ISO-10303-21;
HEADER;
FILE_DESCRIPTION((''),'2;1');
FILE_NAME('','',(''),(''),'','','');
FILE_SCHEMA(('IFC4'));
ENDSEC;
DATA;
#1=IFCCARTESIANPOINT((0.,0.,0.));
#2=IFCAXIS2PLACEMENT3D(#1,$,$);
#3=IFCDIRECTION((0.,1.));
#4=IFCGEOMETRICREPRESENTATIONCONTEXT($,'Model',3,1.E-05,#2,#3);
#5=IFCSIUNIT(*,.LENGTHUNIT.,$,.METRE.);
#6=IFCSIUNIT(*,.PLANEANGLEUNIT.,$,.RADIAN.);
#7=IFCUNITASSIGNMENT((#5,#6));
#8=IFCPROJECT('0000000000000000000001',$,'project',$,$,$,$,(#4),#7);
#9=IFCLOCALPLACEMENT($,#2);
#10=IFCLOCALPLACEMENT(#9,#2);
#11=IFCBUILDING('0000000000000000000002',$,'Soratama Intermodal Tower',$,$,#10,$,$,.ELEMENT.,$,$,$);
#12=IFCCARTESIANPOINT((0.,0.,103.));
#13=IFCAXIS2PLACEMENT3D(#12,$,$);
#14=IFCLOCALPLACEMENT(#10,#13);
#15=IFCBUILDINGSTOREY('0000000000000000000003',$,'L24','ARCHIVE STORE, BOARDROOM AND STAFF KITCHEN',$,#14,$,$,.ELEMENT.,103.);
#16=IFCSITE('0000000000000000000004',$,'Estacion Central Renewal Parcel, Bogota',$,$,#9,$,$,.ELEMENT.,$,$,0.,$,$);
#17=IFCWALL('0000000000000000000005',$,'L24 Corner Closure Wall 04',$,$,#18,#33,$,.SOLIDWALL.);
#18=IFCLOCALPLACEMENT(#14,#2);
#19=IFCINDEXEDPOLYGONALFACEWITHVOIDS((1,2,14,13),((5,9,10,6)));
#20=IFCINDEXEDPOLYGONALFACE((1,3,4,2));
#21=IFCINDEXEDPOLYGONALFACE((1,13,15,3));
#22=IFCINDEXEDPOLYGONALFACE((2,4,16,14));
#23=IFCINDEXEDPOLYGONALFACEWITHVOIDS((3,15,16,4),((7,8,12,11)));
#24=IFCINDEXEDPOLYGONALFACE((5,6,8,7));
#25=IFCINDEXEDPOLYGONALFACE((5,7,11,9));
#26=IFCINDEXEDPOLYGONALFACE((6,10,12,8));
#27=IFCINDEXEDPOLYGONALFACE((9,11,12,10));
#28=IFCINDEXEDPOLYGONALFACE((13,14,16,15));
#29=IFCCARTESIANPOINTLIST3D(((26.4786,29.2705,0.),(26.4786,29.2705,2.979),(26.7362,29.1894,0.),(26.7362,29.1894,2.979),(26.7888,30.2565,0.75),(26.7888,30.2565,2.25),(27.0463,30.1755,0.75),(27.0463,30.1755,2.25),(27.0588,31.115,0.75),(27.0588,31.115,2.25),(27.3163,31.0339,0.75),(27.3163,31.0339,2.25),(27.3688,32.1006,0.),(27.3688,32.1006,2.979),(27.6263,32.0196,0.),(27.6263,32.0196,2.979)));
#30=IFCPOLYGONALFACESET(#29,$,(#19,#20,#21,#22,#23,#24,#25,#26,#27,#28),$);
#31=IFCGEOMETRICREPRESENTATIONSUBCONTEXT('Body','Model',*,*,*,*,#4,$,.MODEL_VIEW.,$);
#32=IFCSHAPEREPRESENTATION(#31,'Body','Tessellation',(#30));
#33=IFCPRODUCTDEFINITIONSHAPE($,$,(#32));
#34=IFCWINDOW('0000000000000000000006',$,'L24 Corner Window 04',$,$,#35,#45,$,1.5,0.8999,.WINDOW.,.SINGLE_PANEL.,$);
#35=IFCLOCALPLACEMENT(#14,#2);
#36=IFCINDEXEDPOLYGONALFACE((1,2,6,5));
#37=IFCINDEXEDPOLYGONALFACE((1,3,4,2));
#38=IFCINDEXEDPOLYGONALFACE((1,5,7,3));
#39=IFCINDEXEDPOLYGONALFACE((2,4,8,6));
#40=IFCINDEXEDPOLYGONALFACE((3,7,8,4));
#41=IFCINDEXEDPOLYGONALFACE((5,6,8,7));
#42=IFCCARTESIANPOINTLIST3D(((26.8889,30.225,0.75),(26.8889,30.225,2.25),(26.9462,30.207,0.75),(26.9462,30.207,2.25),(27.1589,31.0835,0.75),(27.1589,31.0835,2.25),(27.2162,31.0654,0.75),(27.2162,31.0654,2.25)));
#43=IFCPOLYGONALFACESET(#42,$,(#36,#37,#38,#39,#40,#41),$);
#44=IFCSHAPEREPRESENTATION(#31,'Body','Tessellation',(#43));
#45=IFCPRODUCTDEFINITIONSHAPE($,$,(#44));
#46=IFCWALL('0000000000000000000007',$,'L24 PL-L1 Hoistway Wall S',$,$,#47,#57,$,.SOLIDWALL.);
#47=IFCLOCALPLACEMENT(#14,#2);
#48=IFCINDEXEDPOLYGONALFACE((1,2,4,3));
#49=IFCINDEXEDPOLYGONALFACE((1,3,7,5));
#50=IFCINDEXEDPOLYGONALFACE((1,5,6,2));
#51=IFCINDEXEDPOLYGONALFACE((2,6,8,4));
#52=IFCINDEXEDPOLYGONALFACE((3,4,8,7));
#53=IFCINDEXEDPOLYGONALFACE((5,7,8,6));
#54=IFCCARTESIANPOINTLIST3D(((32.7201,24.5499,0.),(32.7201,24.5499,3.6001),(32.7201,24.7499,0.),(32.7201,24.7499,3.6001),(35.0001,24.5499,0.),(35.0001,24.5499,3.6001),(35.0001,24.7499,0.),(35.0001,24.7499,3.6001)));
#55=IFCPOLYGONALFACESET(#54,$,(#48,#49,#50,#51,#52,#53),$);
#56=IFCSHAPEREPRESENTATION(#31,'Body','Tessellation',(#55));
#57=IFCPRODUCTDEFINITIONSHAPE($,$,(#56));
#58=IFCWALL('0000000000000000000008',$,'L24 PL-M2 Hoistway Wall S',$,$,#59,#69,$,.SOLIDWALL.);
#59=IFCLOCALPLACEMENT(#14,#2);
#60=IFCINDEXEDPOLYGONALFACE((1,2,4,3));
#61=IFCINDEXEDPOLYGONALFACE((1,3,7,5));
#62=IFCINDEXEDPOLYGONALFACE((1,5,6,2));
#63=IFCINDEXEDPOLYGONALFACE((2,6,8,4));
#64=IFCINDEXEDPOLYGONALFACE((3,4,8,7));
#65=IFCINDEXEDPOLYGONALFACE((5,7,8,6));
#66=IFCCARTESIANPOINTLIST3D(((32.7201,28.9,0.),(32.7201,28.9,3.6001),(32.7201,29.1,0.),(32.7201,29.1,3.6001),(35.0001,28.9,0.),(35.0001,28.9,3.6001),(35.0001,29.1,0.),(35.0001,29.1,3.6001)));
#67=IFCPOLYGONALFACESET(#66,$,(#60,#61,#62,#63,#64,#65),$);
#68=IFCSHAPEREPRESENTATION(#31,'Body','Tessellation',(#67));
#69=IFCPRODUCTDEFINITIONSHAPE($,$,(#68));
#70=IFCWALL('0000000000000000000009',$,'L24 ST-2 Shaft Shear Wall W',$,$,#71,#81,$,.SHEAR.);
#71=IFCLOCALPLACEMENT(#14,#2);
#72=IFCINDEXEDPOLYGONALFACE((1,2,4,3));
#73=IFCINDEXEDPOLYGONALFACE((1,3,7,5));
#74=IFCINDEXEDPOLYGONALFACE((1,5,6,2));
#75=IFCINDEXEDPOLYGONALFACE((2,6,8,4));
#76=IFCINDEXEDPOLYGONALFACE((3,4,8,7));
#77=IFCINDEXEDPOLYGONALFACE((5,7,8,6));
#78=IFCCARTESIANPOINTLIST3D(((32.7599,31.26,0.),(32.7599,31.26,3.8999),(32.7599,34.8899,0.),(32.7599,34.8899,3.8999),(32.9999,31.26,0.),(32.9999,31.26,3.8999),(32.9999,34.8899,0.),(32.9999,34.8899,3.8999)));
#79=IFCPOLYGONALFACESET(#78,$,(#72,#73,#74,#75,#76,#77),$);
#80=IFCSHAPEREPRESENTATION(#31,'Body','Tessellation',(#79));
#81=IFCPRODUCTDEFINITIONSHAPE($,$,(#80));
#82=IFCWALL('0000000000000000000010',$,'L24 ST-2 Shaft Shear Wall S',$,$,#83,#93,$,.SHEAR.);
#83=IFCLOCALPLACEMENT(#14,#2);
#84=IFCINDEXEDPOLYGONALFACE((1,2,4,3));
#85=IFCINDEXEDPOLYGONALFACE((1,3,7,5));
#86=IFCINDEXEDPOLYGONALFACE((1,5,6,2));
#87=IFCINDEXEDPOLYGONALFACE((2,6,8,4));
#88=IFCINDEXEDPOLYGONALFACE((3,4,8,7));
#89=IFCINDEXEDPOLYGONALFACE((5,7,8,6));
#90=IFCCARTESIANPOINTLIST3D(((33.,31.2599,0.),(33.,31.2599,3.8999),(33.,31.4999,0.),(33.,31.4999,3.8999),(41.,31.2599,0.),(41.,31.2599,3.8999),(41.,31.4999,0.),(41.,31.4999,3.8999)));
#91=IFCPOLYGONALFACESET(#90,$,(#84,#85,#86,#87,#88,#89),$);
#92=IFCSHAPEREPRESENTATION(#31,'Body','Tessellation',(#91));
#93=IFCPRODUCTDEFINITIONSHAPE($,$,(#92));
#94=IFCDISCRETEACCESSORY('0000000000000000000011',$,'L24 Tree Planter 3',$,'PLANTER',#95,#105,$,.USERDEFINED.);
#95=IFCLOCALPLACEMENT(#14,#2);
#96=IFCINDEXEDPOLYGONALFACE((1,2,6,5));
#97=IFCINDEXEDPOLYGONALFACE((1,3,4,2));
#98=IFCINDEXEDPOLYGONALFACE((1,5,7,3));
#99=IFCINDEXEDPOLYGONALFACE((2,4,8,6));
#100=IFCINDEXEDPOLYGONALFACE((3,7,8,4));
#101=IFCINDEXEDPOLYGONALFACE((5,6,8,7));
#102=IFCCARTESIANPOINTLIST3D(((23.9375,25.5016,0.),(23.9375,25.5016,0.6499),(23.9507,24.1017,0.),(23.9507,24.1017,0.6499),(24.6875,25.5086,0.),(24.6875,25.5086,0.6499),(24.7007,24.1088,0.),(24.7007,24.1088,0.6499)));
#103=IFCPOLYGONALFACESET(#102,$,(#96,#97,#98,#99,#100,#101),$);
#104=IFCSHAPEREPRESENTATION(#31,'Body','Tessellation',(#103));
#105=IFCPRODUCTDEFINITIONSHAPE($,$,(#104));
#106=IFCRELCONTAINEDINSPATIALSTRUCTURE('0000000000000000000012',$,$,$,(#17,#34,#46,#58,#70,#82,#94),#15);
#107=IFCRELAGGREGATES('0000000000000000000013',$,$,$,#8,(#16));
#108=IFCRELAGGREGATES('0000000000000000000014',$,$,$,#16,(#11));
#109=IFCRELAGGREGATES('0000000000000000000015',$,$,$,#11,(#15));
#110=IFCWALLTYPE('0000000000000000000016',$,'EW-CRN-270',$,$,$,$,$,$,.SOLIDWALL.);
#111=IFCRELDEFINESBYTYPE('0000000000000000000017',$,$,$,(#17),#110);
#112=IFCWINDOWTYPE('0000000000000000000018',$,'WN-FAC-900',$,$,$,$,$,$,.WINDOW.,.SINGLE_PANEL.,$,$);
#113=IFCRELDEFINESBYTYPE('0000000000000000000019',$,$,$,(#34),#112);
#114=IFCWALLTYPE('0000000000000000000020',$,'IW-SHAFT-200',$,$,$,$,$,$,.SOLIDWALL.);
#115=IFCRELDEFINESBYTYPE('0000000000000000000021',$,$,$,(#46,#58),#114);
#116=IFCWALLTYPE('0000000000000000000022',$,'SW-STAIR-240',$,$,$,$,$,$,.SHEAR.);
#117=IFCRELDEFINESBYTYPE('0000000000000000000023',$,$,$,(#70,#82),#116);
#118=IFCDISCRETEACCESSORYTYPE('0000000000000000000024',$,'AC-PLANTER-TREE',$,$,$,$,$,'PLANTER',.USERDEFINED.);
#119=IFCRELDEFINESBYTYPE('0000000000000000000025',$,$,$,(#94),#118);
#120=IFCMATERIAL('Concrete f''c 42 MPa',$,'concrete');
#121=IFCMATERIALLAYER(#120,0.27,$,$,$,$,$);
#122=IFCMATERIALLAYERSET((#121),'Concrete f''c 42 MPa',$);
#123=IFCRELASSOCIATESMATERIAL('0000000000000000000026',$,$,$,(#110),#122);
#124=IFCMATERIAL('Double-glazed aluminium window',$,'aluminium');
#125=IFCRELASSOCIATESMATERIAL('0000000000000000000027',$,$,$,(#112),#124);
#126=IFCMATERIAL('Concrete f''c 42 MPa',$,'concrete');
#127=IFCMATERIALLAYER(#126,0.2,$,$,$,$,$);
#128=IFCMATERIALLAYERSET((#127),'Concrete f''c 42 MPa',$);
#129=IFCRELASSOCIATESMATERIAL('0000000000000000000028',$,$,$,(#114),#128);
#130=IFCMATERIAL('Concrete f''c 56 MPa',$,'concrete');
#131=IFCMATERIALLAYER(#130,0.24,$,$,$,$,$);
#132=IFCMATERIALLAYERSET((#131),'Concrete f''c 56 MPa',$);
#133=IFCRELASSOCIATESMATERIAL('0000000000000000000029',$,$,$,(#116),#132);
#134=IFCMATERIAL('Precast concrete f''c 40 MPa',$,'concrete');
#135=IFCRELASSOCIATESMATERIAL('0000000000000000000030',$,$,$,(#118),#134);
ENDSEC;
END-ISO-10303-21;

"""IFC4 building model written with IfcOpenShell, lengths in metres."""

from ifc_helpers import new_model, si_unit, direction, frame, frame_2d, origin, origin_2d, place, context, subcontext, project, spatial, rectangle, extrude, material, layer, layer_set, type_object, element, fill, save


model = new_model("IFC4")

# Units and contexts
model_context = context("Model", 3, precision=1e-05, world=origin(), true_north=direction((0.0, 1.0)))
body_context = subcontext(model_context, "Body", "Model", "MODEL_VIEW")
ifc_project = project(units=[si_unit("LENGTHUNIT", "METRE"), si_unit("PLANEANGLEUNIT", "RADIAN")], contexts=[model_context])

# Site, building, storey
site_placement = place(None, origin())
site = spatial("IfcSite", under=ifc_project, at=site_placement, Name="Estacion Central Renewal Parcel, Bogota", CompositionType="ELEMENT", RefElevation=0.0)
building_placement = place(site_placement, origin())
building = spatial("IfcBuilding", under=site, at=building_placement, Name="Soratama Intermodal Tower", CompositionType="ELEMENT")
storey_placement = place(building_placement, frame((0.0, 0.0, 103.0)))
storey = spatial("IfcBuildingStorey", under=building, at=storey_placement, Name="L24", Description="ARCHIVE STORE, BOARDROOM AND STAFF KITCHEN", CompositionType="ELEMENT", Elevation=103.0)

# Wall, opening, window
ifc_material_1 = material(Name="Concrete f'c 42 MPa", Category="concrete")
ifc_layer_1 = layer(ifc_material_1, 0.27)
ifc_layer_set_1 = layer_set([ifc_layer_1], Name="Concrete f'c 42 MPa")
wall_type_1 = type_object("IfcWallType", Name="EW-CRN-270", PredefinedType="SOLIDWALL", material=ifc_layer_set_1)
wall_1_placement = place(storey_placement, frame((27.4976, 32.0601, 0.0), z_axis=(0.0, 0.0, 1.0), x_axis=(-0.300036, -0.953928, 0.0)))
wall_1 = element("IfcWall", 1, at=wall_1_placement, inside=storey, type_object=wall_type_1, Name="L24 Corner Closure Wall 04", PredefinedType="SOLIDWALL", context=body_context, shape_type="SweptSolid", body=[
    extrude(rectangle(XDim=2.9668, YDim=0.27, at=frame_2d((1.4834, 0.0))), origin(), (0.0, 0.0, 1.0), 2.979),
])
opening_1_placement = place(wall_1_placement, frame((1.0332, 0.0, 0.75)))
opening_1 = element("IfcOpeningElement", 2, at=opening_1_placement, cuts=wall_1, PredefinedType="OPENING", context=body_context, shape_type="SweptSolid", body=[
    extrude(rectangle(XDim=0.8999, YDim=1.5, at=frame_2d((0.45, 0.75))), frame((0.0, 0.145, 0.0), z_axis=(0.0, -1.0, 0.0), x_axis=(1.0, 0.0, 0.0)), (0.0, 0.0, 1.0), 0.29),
])
ifc_material_2 = material(Name="Double-glazed aluminium window", Category="aluminium")
window_type_1 = type_object("IfcWindowType", Name="WN-FAC-900", PartitioningType="SINGLE_PANEL", PredefinedType="WINDOW", material=ifc_material_2)
window_1_placement = place(opening_1_placement, origin())
window_1 = element("IfcWindow", 3, at=window_1_placement, inside=storey, type_object=window_type_1, Name="L24 Corner Window 04", OverallHeight=1.5, OverallWidth=0.8999, PartitioningType="SINGLE_PANEL", PredefinedType="WINDOW", context=body_context, shape_type="SweptSolid", body=[
    extrude(rectangle(XDim=0.8999, YDim=1.5, at=frame_2d((0.45, 0.75))), frame((0.0, 0.03, 0.0), z_axis=(0.0, -1.0, 0.0), x_axis=(1.0, 0.0, 0.0)), (0.0, 0.0, 1.0), 0.0601),
])
fill(opening_1, window_1)

# Wall
ifc_material_3 = material(Name="Concrete f'c 42 MPa", Category="concrete")
ifc_layer_2 = layer(ifc_material_3, 0.2)
ifc_layer_set_2 = layer_set([ifc_layer_2], Name="Concrete f'c 42 MPa")
wall_type_2 = type_object("IfcWallType", Name="IW-SHAFT-200", PredefinedType="SOLIDWALL", material=ifc_layer_set_2)
wall_2_placement = place(storey_placement, frame((32.72, 24.6499, 0.0), z_axis=(0.0, 0.0, 1.0), x_axis=(1.0, 0.0, 0.0)))
element("IfcWall", 4, at=wall_2_placement, inside=storey, type_object=wall_type_2, Name="L24 PL-L1 Hoistway Wall S", PredefinedType="SOLIDWALL", context=body_context, shape_type="SweptSolid", body=[
    extrude(rectangle(XDim=2.28, YDim=0.2, at=frame_2d((1.1401, 0.0))), origin(), (0.0, 0.0, 1.0), 3.6001),
])

# Walls
wall_3_placement = place(storey_placement, frame((32.72, 29.0, 0.0), z_axis=(0.0, 0.0, 1.0), x_axis=(1.0, 0.0, 0.0)))
element("IfcWall", 5, at=wall_3_placement, inside=storey, type_object=wall_type_2, Name="L24 PL-M2 Hoistway Wall S", PredefinedType="SOLIDWALL", context=body_context, shape_type="SweptSolid", body=[
    extrude(rectangle(XDim=2.28, YDim=0.2, at=frame_2d((1.1401, 0.0))), origin(), (0.0, 0.0, 1.0), 3.6001),
])
ifc_material_4 = material(Name="Concrete f'c 56 MPa", Category="concrete")
ifc_layer_3 = layer(ifc_material_4, 0.24)
ifc_layer_set_3 = layer_set([ifc_layer_3], Name="Concrete f'c 56 MPa")
wall_type_3 = type_object("IfcWallType", Name="SW-STAIR-240", PredefinedType="SHEAR", material=ifc_layer_set_3)
wall_4_placement = place(storey_placement, frame((32.8799, 31.26, 0.0), z_axis=(0.0, 0.0, 1.0), x_axis=(0.0, 1.0, 0.0)))
element("IfcWall", 6, at=wall_4_placement, inside=storey, type_object=wall_type_3, Name="L24 ST-2 Shaft Shear Wall W", PredefinedType="SHEAR", context=body_context, shape_type="SweptSolid", body=[
    extrude(rectangle(XDim=3.6299, YDim=0.24, at=frame_2d((1.8149, 0.0))), origin(), (0.0, 0.0, 1.0), 3.8999),
])
wall_5_placement = place(storey_placement, frame((33.0, 31.3799, 0.0), z_axis=(0.0, 0.0, 1.0), x_axis=(1.0, 0.0, 0.0)))
element("IfcWall", 7, at=wall_5_placement, inside=storey, type_object=wall_type_3, Name="L24 ST-2 Shaft Shear Wall S", PredefinedType="SHEAR", context=body_context, shape_type="SweptSolid", body=[
    extrude(rectangle(XDim=8.0, YDim=0.24, at=frame_2d((4.0, 0.0))), origin(), (0.0, 0.0, 1.0), 3.8999),
])

# Discrete accessory
ifc_material_5 = material(Name="Precast concrete f'c 40 MPa", Category="concrete")
discrete_accessory_type = type_object("IfcDiscreteAccessoryType", Name="AC-PLANTER-TREE", ElementType="PLANTER", PredefinedType="USERDEFINED", material=ifc_material_5)
discrete_accessory_placement = place(storey_placement, frame((24.3191, 24.8052, 0.0), z_axis=(0.0, 0.0, 1.0), x_axis=(-0.999956, -0.009425, 0.0)))
element("IfcDiscreteAccessory", 8, at=discrete_accessory_placement, inside=storey, type_object=discrete_accessory_type, Name="L24 Tree Planter 3", ObjectType="PLANTER", PredefinedType="USERDEFINED", context=body_context, shape_type="SweptSolid", body=[
    extrude(rectangle(XDim=0.75, YDim=1.3999, at=origin_2d()), origin(), (0.0, 0.0, 1.0), 0.6499),
])

save(model, "model.ifc")
